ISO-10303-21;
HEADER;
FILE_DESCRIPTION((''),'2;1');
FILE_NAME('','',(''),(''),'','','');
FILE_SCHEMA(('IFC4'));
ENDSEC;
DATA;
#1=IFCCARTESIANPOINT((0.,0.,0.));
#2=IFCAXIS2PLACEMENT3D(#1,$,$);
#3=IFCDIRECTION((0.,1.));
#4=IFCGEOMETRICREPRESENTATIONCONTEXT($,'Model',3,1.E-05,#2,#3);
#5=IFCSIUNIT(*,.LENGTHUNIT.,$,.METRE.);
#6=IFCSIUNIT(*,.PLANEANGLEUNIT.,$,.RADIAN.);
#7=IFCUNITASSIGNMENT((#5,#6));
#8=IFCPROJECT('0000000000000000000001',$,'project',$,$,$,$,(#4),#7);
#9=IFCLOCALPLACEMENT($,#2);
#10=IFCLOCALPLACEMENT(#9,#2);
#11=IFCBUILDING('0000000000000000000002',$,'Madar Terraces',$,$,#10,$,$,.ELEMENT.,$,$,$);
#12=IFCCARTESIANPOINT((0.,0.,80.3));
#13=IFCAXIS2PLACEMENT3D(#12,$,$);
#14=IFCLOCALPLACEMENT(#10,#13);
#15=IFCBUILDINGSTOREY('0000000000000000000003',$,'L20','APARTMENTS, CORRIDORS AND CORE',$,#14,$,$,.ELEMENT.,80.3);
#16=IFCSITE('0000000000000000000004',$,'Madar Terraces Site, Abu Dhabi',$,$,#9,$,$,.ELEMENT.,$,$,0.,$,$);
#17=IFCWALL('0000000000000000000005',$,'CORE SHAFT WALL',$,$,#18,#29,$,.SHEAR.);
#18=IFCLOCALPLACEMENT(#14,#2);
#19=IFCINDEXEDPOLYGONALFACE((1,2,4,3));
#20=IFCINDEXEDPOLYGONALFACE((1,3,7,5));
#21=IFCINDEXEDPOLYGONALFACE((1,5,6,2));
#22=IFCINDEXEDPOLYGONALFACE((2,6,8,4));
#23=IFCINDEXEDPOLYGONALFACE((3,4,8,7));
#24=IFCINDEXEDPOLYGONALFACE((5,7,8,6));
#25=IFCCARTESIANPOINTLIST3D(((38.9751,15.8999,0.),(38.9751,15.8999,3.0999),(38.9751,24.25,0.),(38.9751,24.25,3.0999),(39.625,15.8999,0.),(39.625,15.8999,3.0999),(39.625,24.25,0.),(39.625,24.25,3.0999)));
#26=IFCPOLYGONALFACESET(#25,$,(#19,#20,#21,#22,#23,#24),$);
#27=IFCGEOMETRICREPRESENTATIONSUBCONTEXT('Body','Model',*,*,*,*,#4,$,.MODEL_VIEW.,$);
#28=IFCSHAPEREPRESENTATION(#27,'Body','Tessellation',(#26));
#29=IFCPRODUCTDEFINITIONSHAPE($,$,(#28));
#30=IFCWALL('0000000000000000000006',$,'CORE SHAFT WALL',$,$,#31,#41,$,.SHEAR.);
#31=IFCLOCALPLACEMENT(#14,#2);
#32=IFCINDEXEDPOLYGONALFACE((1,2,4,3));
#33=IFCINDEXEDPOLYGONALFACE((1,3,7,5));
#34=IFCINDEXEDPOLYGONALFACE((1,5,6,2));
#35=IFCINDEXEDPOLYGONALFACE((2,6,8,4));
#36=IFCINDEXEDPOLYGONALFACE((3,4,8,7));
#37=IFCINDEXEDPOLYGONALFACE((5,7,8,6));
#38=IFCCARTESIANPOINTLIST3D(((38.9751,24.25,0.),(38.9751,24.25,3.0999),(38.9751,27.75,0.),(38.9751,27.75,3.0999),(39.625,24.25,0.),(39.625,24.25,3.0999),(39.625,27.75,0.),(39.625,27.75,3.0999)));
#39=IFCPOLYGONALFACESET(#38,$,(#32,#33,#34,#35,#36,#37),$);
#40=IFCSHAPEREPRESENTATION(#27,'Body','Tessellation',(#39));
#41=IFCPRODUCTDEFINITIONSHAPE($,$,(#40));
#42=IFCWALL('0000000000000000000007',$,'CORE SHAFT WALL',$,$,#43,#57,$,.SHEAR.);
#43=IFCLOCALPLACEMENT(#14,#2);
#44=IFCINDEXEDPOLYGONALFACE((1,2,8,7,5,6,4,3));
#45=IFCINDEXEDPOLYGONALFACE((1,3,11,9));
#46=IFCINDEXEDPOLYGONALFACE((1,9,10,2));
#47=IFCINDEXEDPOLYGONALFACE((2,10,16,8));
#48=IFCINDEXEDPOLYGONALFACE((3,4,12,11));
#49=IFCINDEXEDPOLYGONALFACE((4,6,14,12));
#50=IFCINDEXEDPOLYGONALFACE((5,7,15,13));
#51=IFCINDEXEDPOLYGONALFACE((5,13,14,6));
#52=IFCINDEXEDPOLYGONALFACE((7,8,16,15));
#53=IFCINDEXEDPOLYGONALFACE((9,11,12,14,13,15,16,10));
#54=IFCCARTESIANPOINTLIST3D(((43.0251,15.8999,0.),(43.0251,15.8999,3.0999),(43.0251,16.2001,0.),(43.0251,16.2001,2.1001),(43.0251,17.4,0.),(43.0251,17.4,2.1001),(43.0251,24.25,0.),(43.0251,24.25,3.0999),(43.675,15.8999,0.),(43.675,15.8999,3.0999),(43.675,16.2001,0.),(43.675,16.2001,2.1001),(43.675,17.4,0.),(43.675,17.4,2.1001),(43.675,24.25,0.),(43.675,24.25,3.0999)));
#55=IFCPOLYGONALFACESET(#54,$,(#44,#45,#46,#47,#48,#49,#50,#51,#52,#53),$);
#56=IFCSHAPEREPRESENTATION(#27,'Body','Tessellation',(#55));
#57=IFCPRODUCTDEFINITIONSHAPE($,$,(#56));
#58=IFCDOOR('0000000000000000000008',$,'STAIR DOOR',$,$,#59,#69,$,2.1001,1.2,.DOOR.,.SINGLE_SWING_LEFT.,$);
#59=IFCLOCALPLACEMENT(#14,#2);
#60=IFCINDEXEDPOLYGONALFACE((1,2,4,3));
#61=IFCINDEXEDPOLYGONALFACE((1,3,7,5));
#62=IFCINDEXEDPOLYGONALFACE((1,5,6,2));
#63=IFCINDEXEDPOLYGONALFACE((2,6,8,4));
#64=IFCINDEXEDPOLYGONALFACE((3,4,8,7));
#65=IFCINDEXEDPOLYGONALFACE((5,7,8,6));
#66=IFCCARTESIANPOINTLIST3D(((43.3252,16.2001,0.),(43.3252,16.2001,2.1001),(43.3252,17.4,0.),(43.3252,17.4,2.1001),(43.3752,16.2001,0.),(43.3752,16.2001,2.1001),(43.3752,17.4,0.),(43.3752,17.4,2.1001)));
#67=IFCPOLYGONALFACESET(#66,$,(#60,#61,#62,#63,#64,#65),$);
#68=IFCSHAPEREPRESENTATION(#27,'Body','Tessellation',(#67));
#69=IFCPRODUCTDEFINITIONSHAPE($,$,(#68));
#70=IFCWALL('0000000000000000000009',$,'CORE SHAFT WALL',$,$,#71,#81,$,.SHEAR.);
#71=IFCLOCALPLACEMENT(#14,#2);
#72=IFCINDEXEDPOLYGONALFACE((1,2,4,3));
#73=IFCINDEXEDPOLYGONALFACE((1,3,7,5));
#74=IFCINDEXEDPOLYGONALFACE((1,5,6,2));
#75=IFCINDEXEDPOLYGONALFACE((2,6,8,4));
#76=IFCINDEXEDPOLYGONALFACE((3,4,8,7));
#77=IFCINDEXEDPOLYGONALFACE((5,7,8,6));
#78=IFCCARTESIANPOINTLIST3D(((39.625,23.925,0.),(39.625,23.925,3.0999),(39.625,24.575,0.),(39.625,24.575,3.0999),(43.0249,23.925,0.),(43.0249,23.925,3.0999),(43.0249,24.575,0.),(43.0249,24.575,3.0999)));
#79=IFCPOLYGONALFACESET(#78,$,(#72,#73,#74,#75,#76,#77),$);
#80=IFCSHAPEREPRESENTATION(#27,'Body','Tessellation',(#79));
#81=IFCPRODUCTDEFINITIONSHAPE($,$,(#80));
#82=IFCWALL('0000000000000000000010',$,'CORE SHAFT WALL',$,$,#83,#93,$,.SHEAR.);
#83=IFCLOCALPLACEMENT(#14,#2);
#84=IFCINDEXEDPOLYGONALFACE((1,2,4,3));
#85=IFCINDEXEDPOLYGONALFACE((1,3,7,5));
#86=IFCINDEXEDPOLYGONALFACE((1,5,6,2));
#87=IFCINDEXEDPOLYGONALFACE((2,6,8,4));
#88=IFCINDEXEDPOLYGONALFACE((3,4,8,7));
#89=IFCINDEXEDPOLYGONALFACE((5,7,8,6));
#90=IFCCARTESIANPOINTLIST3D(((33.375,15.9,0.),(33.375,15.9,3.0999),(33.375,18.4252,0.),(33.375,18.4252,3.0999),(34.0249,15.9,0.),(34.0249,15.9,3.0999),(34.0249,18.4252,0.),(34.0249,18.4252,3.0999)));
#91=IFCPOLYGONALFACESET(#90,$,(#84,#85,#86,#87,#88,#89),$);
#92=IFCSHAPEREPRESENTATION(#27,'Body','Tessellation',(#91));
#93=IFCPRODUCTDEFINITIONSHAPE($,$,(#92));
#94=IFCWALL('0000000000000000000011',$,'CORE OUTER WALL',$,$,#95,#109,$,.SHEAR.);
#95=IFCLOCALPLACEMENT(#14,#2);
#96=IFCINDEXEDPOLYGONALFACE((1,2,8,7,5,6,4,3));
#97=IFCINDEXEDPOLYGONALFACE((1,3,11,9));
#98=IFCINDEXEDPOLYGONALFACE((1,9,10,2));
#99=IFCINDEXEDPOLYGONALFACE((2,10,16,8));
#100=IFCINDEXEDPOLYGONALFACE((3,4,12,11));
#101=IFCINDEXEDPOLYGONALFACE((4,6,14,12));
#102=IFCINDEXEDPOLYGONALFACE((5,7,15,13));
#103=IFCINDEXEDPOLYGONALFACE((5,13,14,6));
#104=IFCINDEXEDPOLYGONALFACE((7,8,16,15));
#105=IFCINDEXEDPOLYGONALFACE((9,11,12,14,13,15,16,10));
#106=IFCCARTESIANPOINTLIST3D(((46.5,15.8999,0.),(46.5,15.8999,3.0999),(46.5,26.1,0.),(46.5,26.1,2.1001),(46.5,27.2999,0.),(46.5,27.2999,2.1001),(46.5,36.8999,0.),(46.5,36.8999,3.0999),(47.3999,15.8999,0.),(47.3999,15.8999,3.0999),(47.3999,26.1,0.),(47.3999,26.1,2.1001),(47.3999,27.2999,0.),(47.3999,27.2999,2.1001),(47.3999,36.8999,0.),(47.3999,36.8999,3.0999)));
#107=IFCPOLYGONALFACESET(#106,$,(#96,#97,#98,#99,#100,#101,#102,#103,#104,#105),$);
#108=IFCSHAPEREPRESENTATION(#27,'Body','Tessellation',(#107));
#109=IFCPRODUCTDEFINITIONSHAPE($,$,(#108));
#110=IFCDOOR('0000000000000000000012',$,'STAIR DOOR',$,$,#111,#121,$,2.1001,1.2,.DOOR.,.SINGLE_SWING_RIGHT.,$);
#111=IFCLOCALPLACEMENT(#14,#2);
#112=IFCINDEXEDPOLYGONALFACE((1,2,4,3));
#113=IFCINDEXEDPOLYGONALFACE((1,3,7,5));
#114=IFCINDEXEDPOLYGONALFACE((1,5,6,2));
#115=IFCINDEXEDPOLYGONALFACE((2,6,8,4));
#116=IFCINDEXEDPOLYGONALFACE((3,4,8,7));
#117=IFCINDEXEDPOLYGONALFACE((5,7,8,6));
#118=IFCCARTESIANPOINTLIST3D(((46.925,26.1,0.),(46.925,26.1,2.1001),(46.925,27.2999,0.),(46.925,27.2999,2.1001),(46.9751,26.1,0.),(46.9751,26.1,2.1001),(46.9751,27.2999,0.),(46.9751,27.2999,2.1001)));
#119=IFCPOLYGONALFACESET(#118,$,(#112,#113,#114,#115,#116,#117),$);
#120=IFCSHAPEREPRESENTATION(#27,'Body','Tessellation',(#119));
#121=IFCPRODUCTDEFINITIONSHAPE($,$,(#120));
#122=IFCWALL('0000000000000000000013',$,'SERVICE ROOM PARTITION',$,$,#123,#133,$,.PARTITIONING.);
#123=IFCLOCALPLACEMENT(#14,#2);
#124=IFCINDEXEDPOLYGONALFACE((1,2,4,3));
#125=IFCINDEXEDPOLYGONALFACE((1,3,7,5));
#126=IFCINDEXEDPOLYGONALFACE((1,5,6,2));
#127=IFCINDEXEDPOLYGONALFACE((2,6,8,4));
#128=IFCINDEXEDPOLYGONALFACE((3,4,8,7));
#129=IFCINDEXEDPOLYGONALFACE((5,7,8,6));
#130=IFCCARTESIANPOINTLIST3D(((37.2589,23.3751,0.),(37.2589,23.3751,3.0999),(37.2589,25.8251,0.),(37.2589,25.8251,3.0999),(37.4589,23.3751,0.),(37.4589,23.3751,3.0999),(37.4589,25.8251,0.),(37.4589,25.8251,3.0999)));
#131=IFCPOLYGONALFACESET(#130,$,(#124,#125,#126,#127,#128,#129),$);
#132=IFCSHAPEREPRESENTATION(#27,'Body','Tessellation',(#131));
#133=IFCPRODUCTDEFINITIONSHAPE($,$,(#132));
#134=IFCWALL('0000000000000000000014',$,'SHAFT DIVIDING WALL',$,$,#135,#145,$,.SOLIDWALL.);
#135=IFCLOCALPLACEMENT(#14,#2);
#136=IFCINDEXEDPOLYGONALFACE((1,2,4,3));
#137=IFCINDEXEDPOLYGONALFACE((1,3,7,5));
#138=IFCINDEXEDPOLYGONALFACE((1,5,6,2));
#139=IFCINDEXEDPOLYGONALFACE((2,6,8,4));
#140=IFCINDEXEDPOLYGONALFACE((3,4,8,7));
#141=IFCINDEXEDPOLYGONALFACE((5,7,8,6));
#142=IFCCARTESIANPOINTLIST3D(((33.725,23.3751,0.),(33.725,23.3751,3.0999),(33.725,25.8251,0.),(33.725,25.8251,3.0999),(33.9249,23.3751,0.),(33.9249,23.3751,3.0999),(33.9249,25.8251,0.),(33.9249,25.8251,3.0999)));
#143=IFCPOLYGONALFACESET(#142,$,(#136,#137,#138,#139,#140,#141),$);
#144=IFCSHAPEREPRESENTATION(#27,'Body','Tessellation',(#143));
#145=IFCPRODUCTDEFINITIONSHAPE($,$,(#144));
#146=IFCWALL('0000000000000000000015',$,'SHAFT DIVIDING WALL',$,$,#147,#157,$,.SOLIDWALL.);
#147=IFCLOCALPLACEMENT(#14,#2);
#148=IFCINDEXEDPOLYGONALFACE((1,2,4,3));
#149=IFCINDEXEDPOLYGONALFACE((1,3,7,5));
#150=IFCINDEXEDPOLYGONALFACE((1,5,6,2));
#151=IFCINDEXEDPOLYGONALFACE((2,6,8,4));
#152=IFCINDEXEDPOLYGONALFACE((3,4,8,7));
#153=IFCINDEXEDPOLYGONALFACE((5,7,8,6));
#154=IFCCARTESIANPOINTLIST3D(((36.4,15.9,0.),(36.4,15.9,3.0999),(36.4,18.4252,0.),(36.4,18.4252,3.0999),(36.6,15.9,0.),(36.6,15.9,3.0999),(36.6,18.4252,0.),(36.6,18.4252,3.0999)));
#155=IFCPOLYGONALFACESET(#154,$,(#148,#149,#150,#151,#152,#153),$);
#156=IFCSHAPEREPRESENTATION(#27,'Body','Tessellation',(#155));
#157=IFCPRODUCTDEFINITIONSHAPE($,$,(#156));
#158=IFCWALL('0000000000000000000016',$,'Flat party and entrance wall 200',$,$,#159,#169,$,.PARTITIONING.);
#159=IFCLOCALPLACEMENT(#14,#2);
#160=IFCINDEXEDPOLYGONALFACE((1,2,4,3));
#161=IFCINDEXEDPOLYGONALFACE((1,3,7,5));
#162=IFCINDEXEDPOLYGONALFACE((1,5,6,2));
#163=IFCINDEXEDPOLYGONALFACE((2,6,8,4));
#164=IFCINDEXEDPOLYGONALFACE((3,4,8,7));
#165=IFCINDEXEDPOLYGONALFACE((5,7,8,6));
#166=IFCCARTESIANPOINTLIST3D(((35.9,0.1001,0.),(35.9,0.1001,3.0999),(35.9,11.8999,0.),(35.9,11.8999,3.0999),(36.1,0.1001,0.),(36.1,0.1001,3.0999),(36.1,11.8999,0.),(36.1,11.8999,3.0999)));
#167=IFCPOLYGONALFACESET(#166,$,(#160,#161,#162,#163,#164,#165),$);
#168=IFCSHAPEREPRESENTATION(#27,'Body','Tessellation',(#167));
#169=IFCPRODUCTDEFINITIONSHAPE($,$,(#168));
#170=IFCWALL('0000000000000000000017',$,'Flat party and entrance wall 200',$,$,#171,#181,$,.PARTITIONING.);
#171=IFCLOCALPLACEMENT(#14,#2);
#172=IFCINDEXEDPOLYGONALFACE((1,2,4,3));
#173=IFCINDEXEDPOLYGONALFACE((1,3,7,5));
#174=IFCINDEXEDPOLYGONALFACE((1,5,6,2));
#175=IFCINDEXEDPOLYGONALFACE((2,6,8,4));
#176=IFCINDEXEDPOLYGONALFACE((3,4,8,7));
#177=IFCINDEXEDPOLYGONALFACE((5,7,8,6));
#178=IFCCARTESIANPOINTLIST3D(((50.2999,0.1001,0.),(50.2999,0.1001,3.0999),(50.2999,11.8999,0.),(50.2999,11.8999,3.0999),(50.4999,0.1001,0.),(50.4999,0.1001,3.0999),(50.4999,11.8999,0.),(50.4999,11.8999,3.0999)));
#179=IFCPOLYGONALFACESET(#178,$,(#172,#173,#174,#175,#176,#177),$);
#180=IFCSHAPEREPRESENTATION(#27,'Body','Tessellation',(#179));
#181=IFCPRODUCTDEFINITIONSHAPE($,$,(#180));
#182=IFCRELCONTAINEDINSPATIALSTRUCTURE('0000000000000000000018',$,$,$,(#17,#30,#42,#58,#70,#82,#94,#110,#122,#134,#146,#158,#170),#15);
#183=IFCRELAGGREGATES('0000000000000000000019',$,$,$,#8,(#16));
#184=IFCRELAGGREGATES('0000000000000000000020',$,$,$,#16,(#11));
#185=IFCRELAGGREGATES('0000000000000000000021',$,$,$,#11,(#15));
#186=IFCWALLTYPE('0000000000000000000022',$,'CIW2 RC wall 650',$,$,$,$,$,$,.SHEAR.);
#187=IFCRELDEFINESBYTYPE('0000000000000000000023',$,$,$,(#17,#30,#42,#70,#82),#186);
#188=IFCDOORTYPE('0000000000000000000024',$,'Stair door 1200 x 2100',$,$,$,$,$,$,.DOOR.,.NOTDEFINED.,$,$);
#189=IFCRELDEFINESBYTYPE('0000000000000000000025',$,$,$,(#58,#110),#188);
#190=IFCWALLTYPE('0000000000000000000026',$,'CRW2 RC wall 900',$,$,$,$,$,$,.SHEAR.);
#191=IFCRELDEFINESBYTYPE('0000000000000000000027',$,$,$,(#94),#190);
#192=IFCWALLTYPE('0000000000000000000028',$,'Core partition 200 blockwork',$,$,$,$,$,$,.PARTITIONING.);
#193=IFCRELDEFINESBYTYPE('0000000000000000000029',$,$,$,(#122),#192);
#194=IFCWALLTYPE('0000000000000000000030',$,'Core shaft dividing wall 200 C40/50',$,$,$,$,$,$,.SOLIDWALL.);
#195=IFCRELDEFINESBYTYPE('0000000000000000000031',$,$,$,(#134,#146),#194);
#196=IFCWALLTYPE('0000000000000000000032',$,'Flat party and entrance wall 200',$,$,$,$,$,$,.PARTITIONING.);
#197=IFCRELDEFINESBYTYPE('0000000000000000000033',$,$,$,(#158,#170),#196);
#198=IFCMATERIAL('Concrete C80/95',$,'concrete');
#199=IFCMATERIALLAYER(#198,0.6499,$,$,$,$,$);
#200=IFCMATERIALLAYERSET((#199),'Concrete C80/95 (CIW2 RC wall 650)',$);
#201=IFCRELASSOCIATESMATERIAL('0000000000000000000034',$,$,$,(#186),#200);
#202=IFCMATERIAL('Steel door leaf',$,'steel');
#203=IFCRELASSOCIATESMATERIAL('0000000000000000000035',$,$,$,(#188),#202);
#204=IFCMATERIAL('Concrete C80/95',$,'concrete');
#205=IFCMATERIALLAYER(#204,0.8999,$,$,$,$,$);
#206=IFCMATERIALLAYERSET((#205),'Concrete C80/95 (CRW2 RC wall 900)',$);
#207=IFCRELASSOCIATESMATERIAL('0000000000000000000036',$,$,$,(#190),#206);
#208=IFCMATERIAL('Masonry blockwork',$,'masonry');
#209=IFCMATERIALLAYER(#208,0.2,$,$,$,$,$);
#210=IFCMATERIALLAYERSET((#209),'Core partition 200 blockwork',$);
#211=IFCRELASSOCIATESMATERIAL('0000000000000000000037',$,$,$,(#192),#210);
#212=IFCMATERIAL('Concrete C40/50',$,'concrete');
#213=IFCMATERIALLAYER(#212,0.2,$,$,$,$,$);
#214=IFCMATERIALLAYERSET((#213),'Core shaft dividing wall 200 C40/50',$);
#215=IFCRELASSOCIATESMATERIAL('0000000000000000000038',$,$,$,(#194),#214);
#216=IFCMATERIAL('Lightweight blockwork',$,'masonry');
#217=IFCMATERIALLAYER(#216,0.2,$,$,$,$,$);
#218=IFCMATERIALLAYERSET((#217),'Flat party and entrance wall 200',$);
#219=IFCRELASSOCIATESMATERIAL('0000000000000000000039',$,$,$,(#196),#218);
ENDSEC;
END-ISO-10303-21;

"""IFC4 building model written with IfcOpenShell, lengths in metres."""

from ifc_helpers import new_model, si_unit, direction, frame, frame_2d, origin, place, context, subcontext, project, spatial, rectangle, extrude, material, layer, layer_set, type_object, element, fill, save


model = new_model("IFC4")

# Units and contexts
model_context = context("Model", 3, precision=1e-05, world=origin(), true_north=direction((0.0, 1.0)))
body_context = subcontext(model_context, "Body", "Model", "MODEL_VIEW")
ifc_project = project(units=[si_unit("LENGTHUNIT", "METRE"), si_unit("PLANEANGLEUNIT", "RADIAN")], contexts=[model_context])

# Site, building, storey
site_placement = place(None, origin())
site = spatial("IfcSite", under=ifc_project, at=site_placement, Name="Madar Terraces Site, Abu Dhabi", CompositionType="ELEMENT", RefElevation=0.0)
building_placement = place(site_placement, origin())
building = spatial("IfcBuilding", under=site, at=building_placement, Name="Madar Terraces", CompositionType="ELEMENT")
storey_placement = place(building_placement, frame((0.0, 0.0, 80.3)))
storey = spatial("IfcBuildingStorey", under=building, at=storey_placement, Name="L20", Description="APARTMENTS, CORRIDORS AND CORE", CompositionType="ELEMENT", Elevation=80.3)

# Walls
ifc_material_1 = material(Name="Concrete C80/95", Category="concrete")
ifc_layer_1 = layer(ifc_material_1, 0.6499)
ifc_layer_set_1 = layer_set([ifc_layer_1], Name="Concrete C80/95 (CIW2 RC wall 650)")
wall_type_1 = type_object("IfcWallType", Name="CIW2 RC wall 650", PredefinedType="SHEAR", material=ifc_layer_set_1)
wall_1_placement = place(storey_placement, frame((39.3, 15.8999, 0.0), z_axis=(0.0, 0.0, 1.0), x_axis=(0.0, 1.0, 0.0)))
element("IfcWall", 1, at=wall_1_placement, inside=storey, type_object=wall_type_1, Name="CORE SHAFT WALL", PredefinedType="SHEAR", context=body_context, shape_type="SweptSolid", body=[
    extrude(rectangle(XDim=8.3501, YDim=0.6499, at=frame_2d((4.175, 0.0))), origin(), (0.0, 0.0, 1.0), 3.0999),
])
wall_2_placement = place(storey_placement, frame((39.3, 24.25, 0.0), z_axis=(0.0, 0.0, 1.0), x_axis=(0.0, 1.0, 0.0)))
element("IfcWall", 2, at=wall_2_placement, inside=storey, type_object=wall_type_1, Name="CORE SHAFT WALL", PredefinedType="SHEAR", context=body_context, shape_type="SweptSolid", body=[
    extrude(rectangle(XDim=3.5, YDim=0.6499, at=frame_2d((1.75, 0.0))), origin(), (0.0, 0.0, 1.0), 3.0999),
])

# Wall, opening, door
wall_3_placement = place(storey_placement, frame((43.3501, 15.8999, 0.0), z_axis=(0.0, 0.0, 1.0), x_axis=(0.0, 1.0, 0.0)))
wall_3 = element("IfcWall", 3, at=wall_3_placement, inside=storey, type_object=wall_type_1, Name="CORE SHAFT WALL", PredefinedType="SHEAR", context=body_context, shape_type="SweptSolid", body=[
    extrude(rectangle(XDim=8.3501, YDim=0.6499, at=frame_2d((4.175, 0.0))), origin(), (0.0, 0.0, 1.0), 3.0999),
])
opening_1_placement = place(wall_3_placement, frame((0.3, 0.0, 0.0)))
opening_1 = element("IfcOpeningElement", 4, at=opening_1_placement, cuts=wall_3, PredefinedType="OPENING", context=body_context, shape_type="SweptSolid", body=[
    extrude(rectangle(XDim=1.2, YDim=2.1001, at=frame_2d((0.6001, 1.05))), frame((0.0, 0.335, 0.0), z_axis=(0.0, -1.0, 0.0), x_axis=(1.0, 0.0, 0.0)), (0.0, 0.0, 1.0), 0.6699),
])
ifc_material_2 = material(Name="Steel door leaf", Category="steel")
door_type = type_object("IfcDoorType", Name="Stair door 1200 x 2100", OperationType="NOTDEFINED", PredefinedType="DOOR", material=ifc_material_2)
door_1_placement = place(opening_1_placement, origin())
door_1 = element("IfcDoor", 5, at=door_1_placement, inside=storey, type_object=door_type, Name="STAIR DOOR", OperationType="SINGLE_SWING_LEFT", OverallHeight=2.1001, OverallWidth=1.2, PredefinedType="DOOR", context=body_context, shape_type="SweptSolid", body=[
    extrude(rectangle(XDim=1.2, YDim=2.1001, at=frame_2d((0.6001, 1.05))), frame((0.0, 0.0249, 0.0), z_axis=(0.0, -1.0, 0.0), x_axis=(1.0, 0.0, 0.0)), (0.0, 0.0, 1.0), 0.05),
])
fill(opening_1, door_1)

# Walls
wall_4_placement = place(storey_placement, frame((39.625, 24.25, 0.0), z_axis=(0.0, 0.0, 1.0), x_axis=(1.0, 0.0, 0.0)))
element("IfcWall", 6, at=wall_4_placement, inside=storey, type_object=wall_type_1, Name="CORE SHAFT WALL", PredefinedType="SHEAR", context=body_context, shape_type="SweptSolid", body=[
    extrude(rectangle(XDim=3.3999, YDim=0.6499, at=frame_2d((1.7, 0.0))), origin(), (0.0, 0.0, 1.0), 3.0999),
])
wall_5_placement = place(storey_placement, frame((33.7, 15.8999, 0.0), z_axis=(0.0, 0.0, 1.0), x_axis=(0.0, 1.0, 0.0)))
element("IfcWall", 7, at=wall_5_placement, inside=storey, type_object=wall_type_1, Name="CORE SHAFT WALL", PredefinedType="SHEAR", context=body_context, shape_type="SweptSolid", body=[
    extrude(rectangle(XDim=2.5251, YDim=0.6499, at=frame_2d((1.2627, 0.0))), origin(), (0.0, 0.0, 1.0), 3.0999),
])

# Wall, opening, door
ifc_material_3 = material(Name="Concrete C80/95", Category="concrete")
ifc_layer_2 = layer(ifc_material_3, 0.8999)
ifc_layer_set_2 = layer_set([ifc_layer_2], Name="Concrete C80/95 (CRW2 RC wall 900)")
wall_type_2 = type_object("IfcWallType", Name="CRW2 RC wall 900", PredefinedType="SHEAR", material=ifc_layer_set_2)
wall_6_placement = place(storey_placement, frame((46.95, 15.8999, 0.0), z_axis=(0.0, 0.0, 1.0), x_axis=(0.0, 1.0, 0.0)))
wall_6 = element("IfcWall", 8, at=wall_6_placement, inside=storey, type_object=wall_type_2, Name="CORE OUTER WALL", PredefinedType="SHEAR", context=body_context, shape_type="SweptSolid", body=[
    extrude(rectangle(XDim=21.0, YDim=0.8999, at=frame_2d((10.5, 0.0))), origin(), (0.0, 0.0, 1.0), 3.0999),
])
opening_2_placement = place(wall_6_placement, frame((10.2, 0.0, 0.0)))
opening_2 = element("IfcOpeningElement", 9, at=opening_2_placement, cuts=wall_6, PredefinedType="OPENING", context=body_context, shape_type="SweptSolid", body=[
    extrude(rectangle(XDim=1.2, YDim=2.1001, at=frame_2d((0.6001, 1.05))), frame((0.0, 0.46, 0.0), z_axis=(0.0, -1.0, 0.0), x_axis=(1.0, 0.0, 0.0)), (0.0, 0.0, 1.0), 0.9199),
])
door_2_placement = place(opening_2_placement, origin())
door_2 = element("IfcDoor", 10, at=door_2_placement, inside=storey, type_object=door_type, Name="STAIR DOOR", OperationType="SINGLE_SWING_RIGHT", OverallHeight=2.1001, OverallWidth=1.2, PredefinedType="DOOR", context=body_context, shape_type="SweptSolid", body=[
    extrude(rectangle(XDim=1.2, YDim=2.1001, at=frame_2d((0.6001, 1.05))), frame((0.0, 0.0249, 0.0), z_axis=(0.0, -1.0, 0.0), x_axis=(1.0, 0.0, 0.0)), (0.0, 0.0, 1.0), 0.05),
])
fill(opening_2, door_2)

# Walls
ifc_material_4 = material(Name="Masonry blockwork", Category="masonry")
ifc_layer_3 = layer(ifc_material_4, 0.2)
ifc_layer_set_3 = layer_set([ifc_layer_3], Name="Core partition 200 blockwork")
wall_type_3 = type_object("IfcWallType", Name="Core partition 200 blockwork", PredefinedType="PARTITIONING", material=ifc_layer_set_3)
wall_7_placement = place(storey_placement, frame((37.3589, 23.375, 0.0), z_axis=(0.0, 0.0, 1.0), x_axis=(0.0, 1.0, 0.0)))
element("IfcWall", 11, at=wall_7_placement, inside=storey, type_object=wall_type_3, Name="SERVICE ROOM PARTITION", PredefinedType="PARTITIONING", context=body_context, shape_type="SweptSolid", body=[
    extrude(rectangle(XDim=2.45, YDim=0.2, at=frame_2d((1.2251, 0.0))), origin(), (0.0, 0.0, 1.0), 3.0999),
])
ifc_material_5 = material(Name="Concrete C40/50", Category="concrete")
ifc_layer_4 = layer(ifc_material_5, 0.2)
ifc_layer_set_4 = layer_set([ifc_layer_4], Name="Core shaft dividing wall 200 C40/50")
wall_type_4 = type_object("IfcWallType", Name="Core shaft dividing wall 200 C40/50", PredefinedType="SOLIDWALL", material=ifc_layer_set_4)
wall_8_placement = place(storey_placement, frame((33.825, 23.375, 0.0), z_axis=(0.0, 0.0, 1.0), x_axis=(0.0, 1.0, 0.0)))
element("IfcWall", 12, at=wall_8_placement, inside=storey, type_object=wall_type_4, Name="SHAFT DIVIDING WALL", PredefinedType="SOLIDWALL", context=body_context, shape_type="SweptSolid", body=[
    extrude(rectangle(XDim=2.45, YDim=0.2, at=frame_2d((1.2251, 0.0))), origin(), (0.0, 0.0, 1.0), 3.0999),
])
wall_9_placement = place(storey_placement, frame((36.5, 15.8999, 0.0), z_axis=(0.0, 0.0, 1.0), x_axis=(0.0, 1.0, 0.0)))
element("IfcWall", 13, at=wall_9_placement, inside=storey, type_object=wall_type_4, Name="SHAFT DIVIDING WALL", PredefinedType="SOLIDWALL", context=body_context, shape_type="SweptSolid", body=[
    extrude(rectangle(XDim=2.5251, YDim=0.2, at=frame_2d((1.2627, 0.0))), origin(), (0.0, 0.0, 1.0), 3.0999),
])
ifc_material_6 = material(Name="Lightweight blockwork", Category="masonry")
ifc_layer_5 = layer(ifc_material_6, 0.2)
ifc_layer_set_5 = layer_set([ifc_layer_5], Name="Flat party and entrance wall 200")
wall_type_5 = type_object("IfcWallType", Name="Flat party and entrance wall 200", PredefinedType="PARTITIONING", material=ifc_layer_set_5)
for number, where, z_axis, x_axis, name in (
    (14, (36.0, 11.8999, 0.0), (0.0, 0.0, 1.0), (0.0, -1.0, 0.0), "Flat party and entrance wall 200"),
    (15, (50.3999, 11.8999, 0.0), (0.0, 0.0, 1.0), (0.0, -1.0, 0.0), "Flat party and entrance wall 200"),
):
    element("IfcWall", number, at=place(storey_placement, frame(where, z_axis=z_axis, x_axis=x_axis)), inside=storey, type_object=wall_type_5, Name=name, PredefinedType="PARTITIONING", context=body_context, shape_type="SweptSolid", body=[
        extrude(rectangle(XDim=11.7998, YDim=0.2, at=frame_2d((5.8999, 0.0))), origin(), (0.0, 0.0, 1.0), 3.0999),
    ])

save(model, "model.ifc")
